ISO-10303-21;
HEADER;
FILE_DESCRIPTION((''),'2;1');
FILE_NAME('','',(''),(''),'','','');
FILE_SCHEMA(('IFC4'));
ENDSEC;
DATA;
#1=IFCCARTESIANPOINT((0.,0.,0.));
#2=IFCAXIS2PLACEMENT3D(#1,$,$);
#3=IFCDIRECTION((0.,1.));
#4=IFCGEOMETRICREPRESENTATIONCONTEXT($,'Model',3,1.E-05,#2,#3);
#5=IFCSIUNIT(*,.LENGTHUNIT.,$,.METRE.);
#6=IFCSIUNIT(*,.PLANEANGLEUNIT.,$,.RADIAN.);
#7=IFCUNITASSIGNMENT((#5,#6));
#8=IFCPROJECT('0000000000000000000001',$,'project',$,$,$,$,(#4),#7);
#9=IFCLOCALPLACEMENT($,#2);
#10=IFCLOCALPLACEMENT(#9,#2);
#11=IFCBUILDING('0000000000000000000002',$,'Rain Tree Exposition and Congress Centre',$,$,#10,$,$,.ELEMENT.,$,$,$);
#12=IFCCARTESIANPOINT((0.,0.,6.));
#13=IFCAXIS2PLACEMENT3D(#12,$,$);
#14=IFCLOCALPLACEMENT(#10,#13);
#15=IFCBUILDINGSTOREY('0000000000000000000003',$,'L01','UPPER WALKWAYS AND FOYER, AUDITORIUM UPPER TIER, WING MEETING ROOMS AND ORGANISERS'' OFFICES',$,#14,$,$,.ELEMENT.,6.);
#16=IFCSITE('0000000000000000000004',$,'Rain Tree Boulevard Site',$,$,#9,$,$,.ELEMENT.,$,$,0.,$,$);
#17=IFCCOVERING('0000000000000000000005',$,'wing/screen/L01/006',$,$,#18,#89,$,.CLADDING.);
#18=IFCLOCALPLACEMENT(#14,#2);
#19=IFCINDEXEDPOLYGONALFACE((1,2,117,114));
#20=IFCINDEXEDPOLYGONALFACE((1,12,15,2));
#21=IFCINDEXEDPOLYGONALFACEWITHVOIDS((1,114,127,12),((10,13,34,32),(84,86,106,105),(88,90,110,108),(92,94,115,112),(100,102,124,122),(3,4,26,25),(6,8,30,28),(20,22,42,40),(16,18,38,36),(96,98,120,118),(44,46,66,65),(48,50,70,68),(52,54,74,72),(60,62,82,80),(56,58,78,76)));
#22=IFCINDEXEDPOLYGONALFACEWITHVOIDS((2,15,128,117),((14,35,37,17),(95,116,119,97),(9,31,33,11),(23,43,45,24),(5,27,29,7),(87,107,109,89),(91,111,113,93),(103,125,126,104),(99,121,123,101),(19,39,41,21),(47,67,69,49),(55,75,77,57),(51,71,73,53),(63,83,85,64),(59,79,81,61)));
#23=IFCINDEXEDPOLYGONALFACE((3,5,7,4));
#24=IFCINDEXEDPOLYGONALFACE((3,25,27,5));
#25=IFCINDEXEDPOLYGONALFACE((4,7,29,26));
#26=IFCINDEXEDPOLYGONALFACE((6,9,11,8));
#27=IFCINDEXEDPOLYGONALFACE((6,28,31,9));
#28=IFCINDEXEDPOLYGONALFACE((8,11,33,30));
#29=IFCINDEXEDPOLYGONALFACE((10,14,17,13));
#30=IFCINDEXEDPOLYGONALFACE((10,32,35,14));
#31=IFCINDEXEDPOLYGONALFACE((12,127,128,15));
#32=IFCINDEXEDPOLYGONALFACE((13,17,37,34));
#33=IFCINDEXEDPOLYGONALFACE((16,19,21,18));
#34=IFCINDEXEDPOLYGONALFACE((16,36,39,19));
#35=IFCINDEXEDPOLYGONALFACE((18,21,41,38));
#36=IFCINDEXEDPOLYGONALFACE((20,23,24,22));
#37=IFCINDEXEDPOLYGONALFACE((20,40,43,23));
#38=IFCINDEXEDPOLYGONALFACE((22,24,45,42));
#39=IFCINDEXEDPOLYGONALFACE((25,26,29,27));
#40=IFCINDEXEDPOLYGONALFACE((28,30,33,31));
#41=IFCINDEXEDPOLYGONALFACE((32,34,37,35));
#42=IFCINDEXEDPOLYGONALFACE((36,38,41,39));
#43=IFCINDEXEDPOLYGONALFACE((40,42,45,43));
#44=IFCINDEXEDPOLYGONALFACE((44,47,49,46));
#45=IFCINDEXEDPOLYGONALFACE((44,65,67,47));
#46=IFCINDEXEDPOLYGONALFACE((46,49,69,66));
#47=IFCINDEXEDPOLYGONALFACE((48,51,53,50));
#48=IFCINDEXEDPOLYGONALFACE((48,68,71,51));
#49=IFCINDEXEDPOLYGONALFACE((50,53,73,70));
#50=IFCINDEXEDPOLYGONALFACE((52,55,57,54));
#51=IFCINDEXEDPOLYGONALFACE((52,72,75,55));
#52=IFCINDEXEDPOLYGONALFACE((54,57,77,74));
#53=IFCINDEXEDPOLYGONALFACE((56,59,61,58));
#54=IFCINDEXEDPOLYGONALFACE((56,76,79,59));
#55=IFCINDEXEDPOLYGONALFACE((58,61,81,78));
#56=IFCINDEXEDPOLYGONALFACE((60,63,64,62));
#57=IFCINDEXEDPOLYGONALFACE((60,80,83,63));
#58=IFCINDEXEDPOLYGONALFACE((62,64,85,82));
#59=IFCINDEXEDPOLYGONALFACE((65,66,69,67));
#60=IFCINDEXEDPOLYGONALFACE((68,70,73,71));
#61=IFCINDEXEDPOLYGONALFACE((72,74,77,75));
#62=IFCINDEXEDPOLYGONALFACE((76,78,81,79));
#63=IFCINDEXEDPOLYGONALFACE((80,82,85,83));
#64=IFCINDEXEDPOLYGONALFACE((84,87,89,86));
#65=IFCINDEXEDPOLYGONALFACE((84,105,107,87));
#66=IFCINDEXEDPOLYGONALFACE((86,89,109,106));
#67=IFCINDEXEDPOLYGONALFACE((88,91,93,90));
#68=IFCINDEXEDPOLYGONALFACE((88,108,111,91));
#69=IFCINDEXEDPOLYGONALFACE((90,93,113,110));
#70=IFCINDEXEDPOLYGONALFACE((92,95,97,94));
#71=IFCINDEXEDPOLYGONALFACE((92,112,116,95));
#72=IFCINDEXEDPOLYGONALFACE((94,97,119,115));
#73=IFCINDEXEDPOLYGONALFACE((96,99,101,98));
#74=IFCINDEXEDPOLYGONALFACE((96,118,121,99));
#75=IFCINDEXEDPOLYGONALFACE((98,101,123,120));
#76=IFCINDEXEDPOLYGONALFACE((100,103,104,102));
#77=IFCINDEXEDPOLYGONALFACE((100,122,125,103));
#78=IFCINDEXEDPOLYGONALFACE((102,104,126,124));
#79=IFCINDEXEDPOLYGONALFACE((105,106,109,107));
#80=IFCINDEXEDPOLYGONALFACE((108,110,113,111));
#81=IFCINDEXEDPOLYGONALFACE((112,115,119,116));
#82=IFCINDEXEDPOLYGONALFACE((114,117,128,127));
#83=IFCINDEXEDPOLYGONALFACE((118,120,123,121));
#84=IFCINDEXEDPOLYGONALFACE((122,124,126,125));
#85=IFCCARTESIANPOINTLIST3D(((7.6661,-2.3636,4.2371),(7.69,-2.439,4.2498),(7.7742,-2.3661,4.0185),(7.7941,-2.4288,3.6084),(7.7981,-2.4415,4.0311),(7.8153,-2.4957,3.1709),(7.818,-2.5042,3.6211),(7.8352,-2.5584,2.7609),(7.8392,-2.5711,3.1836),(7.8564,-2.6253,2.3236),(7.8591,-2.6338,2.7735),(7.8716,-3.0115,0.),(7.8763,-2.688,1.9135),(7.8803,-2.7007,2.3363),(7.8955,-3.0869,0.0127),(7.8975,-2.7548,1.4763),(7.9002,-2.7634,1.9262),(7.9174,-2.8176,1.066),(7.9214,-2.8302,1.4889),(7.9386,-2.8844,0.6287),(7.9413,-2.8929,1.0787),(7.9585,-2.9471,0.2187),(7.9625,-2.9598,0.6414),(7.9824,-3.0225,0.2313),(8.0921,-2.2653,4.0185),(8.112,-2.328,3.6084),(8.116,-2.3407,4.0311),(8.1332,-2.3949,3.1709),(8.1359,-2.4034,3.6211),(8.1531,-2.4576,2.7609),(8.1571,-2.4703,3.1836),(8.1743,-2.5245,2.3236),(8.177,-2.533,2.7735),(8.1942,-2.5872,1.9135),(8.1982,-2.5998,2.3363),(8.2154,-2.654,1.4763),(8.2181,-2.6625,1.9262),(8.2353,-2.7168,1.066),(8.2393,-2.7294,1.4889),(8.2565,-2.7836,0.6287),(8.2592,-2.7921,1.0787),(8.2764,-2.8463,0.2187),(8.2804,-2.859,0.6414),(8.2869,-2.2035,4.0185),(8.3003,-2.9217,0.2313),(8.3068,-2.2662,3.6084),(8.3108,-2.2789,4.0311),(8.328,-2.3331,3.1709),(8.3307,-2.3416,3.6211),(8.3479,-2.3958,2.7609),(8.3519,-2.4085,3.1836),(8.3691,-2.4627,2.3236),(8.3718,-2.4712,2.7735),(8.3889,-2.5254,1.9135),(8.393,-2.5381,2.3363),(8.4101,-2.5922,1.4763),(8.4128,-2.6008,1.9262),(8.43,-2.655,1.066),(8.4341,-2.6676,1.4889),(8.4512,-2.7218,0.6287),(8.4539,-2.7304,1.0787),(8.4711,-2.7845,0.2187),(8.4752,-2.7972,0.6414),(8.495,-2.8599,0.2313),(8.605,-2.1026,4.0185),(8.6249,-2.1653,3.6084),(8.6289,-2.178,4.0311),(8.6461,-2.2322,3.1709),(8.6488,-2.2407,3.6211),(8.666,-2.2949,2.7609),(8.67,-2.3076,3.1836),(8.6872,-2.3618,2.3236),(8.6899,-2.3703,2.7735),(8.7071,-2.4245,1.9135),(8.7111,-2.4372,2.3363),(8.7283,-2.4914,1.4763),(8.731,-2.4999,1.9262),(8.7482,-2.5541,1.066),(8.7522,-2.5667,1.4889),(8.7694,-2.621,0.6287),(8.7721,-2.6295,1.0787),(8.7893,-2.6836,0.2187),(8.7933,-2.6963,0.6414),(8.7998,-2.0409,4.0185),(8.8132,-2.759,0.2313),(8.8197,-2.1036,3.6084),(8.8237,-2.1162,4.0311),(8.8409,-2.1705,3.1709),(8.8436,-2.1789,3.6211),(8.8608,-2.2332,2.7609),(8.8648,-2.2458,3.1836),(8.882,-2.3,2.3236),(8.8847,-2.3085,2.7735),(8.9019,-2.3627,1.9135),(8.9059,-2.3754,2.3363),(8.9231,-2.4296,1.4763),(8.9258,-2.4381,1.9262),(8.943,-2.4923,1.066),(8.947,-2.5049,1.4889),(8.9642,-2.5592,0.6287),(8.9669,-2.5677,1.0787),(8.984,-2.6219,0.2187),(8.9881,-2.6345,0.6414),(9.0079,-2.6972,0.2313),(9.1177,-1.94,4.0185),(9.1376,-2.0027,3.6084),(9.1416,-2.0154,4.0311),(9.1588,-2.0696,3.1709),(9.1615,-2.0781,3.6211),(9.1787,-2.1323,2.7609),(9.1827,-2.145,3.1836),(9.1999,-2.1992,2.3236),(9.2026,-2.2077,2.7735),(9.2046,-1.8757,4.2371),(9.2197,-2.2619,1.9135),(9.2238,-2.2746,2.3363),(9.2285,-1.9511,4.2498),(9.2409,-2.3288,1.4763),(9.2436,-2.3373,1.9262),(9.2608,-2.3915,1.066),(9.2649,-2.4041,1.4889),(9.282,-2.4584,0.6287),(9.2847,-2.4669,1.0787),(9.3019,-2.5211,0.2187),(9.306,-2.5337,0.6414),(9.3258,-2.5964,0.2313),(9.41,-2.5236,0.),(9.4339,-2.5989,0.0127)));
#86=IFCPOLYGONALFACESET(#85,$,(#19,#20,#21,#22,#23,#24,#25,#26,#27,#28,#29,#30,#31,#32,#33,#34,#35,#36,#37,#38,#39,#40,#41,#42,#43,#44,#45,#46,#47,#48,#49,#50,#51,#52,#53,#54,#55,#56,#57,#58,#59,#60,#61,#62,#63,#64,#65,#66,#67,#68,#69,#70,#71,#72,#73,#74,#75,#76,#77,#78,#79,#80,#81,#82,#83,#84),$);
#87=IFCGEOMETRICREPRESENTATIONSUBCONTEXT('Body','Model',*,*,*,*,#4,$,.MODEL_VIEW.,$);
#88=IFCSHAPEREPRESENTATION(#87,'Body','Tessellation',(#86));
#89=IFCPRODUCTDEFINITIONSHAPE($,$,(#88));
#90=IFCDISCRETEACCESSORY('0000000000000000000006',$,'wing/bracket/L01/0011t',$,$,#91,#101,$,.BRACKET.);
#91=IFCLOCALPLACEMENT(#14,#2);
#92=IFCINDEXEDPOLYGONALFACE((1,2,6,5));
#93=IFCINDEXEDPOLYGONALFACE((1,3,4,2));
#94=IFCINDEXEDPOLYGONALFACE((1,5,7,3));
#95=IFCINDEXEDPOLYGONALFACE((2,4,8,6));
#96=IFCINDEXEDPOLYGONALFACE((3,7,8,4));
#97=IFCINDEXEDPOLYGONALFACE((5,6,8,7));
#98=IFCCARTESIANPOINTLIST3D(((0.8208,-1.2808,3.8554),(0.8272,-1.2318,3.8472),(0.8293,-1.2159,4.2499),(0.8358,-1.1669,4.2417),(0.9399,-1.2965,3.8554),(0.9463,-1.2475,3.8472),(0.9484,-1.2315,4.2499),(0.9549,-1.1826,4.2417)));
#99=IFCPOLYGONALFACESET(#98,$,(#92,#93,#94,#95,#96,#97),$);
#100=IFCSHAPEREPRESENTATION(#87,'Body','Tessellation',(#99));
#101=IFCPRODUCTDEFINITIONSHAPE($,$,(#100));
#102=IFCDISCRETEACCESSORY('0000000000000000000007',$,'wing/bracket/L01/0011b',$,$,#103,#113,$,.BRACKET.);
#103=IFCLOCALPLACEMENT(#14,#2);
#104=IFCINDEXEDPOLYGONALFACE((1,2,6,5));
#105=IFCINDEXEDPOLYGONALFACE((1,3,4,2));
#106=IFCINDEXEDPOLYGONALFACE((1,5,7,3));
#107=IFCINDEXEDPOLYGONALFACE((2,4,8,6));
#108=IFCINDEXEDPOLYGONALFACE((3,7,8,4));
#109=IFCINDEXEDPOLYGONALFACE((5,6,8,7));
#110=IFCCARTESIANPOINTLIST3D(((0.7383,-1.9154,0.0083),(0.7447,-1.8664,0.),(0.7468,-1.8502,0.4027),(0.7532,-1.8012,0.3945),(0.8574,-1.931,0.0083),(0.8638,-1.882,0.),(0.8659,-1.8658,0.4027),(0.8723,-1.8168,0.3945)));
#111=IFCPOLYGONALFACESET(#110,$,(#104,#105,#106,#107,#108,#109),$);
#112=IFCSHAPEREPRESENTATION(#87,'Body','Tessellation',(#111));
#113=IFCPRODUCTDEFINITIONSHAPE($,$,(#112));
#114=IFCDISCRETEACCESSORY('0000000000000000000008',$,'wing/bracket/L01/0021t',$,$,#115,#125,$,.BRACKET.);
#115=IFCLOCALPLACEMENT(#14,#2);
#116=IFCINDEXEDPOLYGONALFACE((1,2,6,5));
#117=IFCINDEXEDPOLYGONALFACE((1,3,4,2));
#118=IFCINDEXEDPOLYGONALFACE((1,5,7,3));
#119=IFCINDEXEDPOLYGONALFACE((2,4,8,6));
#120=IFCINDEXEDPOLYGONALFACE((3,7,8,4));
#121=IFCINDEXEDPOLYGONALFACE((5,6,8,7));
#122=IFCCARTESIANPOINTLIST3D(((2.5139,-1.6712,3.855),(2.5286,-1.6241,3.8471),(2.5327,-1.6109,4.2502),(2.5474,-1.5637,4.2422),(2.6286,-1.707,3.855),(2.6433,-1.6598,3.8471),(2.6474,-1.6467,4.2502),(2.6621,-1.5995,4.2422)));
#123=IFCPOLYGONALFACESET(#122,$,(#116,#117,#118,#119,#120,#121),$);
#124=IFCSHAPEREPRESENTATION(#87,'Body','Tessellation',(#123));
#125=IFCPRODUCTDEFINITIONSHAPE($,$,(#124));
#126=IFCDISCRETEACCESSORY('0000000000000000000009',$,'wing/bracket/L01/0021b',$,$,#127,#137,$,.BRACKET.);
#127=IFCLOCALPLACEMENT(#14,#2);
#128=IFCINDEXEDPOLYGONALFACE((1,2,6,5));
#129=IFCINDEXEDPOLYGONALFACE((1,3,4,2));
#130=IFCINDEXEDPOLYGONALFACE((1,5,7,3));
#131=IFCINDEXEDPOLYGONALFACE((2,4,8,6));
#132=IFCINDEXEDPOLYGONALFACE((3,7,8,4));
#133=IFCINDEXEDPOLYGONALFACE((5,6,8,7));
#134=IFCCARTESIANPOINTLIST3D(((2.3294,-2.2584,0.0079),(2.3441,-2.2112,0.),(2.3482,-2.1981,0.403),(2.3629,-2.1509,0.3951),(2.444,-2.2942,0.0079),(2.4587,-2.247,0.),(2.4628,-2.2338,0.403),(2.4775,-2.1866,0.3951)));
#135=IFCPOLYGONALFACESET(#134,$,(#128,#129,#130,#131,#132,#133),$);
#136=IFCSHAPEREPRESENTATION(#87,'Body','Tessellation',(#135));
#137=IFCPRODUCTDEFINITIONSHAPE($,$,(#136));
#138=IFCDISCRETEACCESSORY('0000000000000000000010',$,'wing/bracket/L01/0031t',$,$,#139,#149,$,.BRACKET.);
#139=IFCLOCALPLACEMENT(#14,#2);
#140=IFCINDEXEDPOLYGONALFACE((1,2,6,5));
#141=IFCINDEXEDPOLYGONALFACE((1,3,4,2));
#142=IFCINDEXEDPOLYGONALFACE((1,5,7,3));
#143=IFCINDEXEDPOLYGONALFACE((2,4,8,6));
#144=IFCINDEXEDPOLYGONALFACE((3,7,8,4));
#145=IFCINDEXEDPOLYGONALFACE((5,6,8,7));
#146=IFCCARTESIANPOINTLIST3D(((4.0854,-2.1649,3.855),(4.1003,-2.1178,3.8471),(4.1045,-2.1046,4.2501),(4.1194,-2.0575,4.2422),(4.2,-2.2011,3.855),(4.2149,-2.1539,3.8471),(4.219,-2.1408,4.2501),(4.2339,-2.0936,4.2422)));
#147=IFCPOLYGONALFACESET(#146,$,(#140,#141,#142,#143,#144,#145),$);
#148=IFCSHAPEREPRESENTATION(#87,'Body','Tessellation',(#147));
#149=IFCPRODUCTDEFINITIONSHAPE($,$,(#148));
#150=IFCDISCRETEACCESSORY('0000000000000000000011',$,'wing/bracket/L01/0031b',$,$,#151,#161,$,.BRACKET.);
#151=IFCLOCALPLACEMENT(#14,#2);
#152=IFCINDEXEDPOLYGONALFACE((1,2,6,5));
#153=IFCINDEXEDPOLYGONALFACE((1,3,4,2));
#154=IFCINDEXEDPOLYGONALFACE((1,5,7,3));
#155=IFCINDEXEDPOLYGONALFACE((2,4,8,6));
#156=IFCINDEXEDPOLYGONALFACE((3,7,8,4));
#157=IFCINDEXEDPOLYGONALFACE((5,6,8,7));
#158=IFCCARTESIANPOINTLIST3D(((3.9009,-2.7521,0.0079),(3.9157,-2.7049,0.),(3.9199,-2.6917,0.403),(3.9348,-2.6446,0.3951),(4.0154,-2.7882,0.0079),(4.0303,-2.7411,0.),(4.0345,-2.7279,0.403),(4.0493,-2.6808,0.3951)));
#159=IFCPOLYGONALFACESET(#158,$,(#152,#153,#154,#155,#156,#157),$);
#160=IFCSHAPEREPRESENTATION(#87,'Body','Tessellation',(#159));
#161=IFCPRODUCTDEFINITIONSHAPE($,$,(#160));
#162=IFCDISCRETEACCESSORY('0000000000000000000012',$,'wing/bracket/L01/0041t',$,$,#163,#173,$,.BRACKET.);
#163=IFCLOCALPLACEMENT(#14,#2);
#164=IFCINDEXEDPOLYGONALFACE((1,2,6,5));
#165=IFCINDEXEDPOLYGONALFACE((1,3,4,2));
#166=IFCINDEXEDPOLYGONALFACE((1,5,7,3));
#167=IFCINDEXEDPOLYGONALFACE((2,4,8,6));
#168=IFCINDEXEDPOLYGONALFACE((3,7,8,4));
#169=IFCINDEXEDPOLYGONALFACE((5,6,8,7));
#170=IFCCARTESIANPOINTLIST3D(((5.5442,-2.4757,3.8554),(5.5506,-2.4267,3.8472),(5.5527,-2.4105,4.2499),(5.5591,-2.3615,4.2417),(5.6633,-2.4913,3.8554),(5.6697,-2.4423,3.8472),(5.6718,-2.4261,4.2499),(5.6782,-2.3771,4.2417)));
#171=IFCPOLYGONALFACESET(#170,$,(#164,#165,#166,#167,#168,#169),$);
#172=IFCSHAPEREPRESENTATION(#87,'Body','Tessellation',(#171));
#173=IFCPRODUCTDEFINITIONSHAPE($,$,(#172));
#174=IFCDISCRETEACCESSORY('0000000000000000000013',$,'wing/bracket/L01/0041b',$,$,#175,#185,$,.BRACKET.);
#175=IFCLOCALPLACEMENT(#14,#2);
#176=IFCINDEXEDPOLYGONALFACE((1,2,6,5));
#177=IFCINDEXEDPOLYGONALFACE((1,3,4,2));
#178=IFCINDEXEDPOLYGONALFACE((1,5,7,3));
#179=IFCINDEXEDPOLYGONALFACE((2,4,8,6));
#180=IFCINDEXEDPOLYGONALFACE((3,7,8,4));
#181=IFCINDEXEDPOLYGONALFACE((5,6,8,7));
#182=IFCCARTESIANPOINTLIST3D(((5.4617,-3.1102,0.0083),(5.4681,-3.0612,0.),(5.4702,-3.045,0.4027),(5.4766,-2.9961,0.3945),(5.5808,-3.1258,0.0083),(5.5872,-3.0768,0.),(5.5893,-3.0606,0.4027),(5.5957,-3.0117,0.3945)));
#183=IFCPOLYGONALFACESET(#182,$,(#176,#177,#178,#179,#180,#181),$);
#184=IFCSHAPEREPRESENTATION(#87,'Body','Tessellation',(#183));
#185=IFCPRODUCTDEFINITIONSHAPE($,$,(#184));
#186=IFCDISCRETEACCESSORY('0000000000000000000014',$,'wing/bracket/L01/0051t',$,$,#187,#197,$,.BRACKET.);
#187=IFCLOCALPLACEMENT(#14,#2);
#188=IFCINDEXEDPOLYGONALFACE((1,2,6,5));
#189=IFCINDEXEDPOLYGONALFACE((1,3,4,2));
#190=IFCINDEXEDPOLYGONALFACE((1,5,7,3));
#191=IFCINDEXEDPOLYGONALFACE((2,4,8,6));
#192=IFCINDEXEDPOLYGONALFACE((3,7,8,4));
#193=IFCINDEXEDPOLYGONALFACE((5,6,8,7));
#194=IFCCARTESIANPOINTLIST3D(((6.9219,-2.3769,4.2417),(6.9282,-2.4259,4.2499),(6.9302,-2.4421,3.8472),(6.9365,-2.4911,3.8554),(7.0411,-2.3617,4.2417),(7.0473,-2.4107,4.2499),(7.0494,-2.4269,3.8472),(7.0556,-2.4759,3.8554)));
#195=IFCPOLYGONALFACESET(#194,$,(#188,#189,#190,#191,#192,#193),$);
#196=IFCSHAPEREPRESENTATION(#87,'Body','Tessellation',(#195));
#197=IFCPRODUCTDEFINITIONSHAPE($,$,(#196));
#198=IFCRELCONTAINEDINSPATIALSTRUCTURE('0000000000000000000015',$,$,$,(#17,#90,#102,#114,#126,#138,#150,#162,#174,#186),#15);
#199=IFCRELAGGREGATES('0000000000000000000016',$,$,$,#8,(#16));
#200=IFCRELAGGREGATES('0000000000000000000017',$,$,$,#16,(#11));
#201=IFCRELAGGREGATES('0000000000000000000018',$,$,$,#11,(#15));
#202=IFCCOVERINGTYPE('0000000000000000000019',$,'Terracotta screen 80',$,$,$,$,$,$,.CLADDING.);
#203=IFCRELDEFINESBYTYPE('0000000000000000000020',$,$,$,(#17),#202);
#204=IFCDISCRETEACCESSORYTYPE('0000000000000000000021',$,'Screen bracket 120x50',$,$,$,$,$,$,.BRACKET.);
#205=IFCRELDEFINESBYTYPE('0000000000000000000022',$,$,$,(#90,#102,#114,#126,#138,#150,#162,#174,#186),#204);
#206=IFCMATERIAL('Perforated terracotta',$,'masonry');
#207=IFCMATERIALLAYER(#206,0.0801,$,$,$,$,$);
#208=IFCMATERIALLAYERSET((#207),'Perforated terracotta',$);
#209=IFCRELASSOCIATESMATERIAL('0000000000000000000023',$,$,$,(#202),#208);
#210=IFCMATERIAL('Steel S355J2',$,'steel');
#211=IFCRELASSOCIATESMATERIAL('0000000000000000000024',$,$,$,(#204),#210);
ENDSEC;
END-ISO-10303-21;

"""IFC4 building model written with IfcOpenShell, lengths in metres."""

from ifc_helpers import new_model, si_unit, direction, frame, origin, origin_2d, place, context, subcontext, project, spatial, polyline, rectangle, outline, extrude, material, layer, layer_set, material_profile, profile_set, type_object, element, save


model = new_model("IFC4")

# Units and contexts
model_context = context("Model", 3, precision=1e-05, world=origin(), true_north=direction((0.0, 1.0)))
body_context = subcontext(model_context, "Body", "Model", "MODEL_VIEW")
ifc_project = project(units=[si_unit("LENGTHUNIT", "METRE"), si_unit("PLANEANGLEUNIT", "RADIAN")], contexts=[model_context])

# Site, building, storey
site_placement = place(None, origin())
site = spatial("IfcSite", under=ifc_project, at=site_placement, Name="Rain Tree Boulevard Site", CompositionType="ELEMENT", RefElevation=0.0)
building_placement = place(site_placement, origin())
building = spatial("IfcBuilding", under=site, at=building_placement, Name="Rain Tree Exposition and Congress Centre", CompositionType="ELEMENT")
storey_placement = place(building_placement, frame((0.0, 0.0, 6.0)))
storey = spatial("IfcBuildingStorey", under=building, at=storey_placement, Name="L01", Description="UPPER WALKWAYS AND FOYER, AUDITORIUM UPPER TIER, WING MEETING ROOMS AND ORGANISERS' OFFICES", CompositionType="ELEMENT", Elevation=6.0)

# Covering
ifc_material_1 = material(Name="Perforated terracotta", Category="masonry")
ifc_layer_1 = layer(ifc_material_1, 0.0801)
ifc_layer_set_1 = layer_set([ifc_layer_1], Name="Perforated terracotta")
covering_type = type_object("IfcCoveringType", Name="Terracotta screen 80", PredefinedType="CLADDING", material=ifc_layer_set_1)
covering_1_placement = place(storey_placement, frame((7.8745, -3.0935, 0.0127), z_axis=(-0.298496, 0.941177, -0.158386), x_axis=(-0.953209, -0.302312, 0.0)))
element("IfcCovering", 1, at=covering_1_placement, inside=storey, type_object=covering_type, Name="wing/screen/L01/006", PredefinedType="CLADDING", context=body_context, shape_type="SweptSolid", body=[
    extrude(outline(polyline([(-1.636, 0.0), (-1.636, 4.2913), (-0.022, 4.2913), (-0.022, 0.0), (-1.636, 0.0)]), holes=[polyline([(-0.1243, 0.2214), (-0.1243, 0.6367), (-0.4578, 0.6367), (-0.4578, 0.2214), (-0.1243, 0.2214)]), polyline([(-0.1243, 1.0796), (-0.1243, 1.4951), (-0.4578, 1.4951), (-0.4578, 1.0796), (-0.1243, 1.0796)]), polyline([(-0.1243, 1.938), (-0.1243, 2.3533), (-0.4578, 2.3533), (-0.4578, 1.938), (-0.1243, 1.938)]), polyline([(-0.1243, 2.7961), (-0.1243, 3.2114), (-0.4578, 3.2114), (-0.4578, 2.7961), (-0.1243, 2.7961)]), polyline([(-0.1243, 3.6545), (-0.1243, 4.0698), (-0.4578, 4.0698), (-0.4578, 3.6545), (-0.1243, 3.6545)]), polyline([(-0.6621, 0.2214), (-0.6621, 0.6367), (-0.9958, 0.6367), (-0.9958, 0.2214), (-0.6621, 0.2214)]), polyline([(-0.6621, 1.0796), (-0.6621, 1.4951), (-0.9958, 1.4951), (-0.9958, 1.0796), (-0.6621, 1.0796)]), polyline([(-0.6621, 1.938), (-0.6621, 2.3533), (-0.9958, 2.3533), (-0.9958, 1.938), (-0.6621, 1.938)]), polyline([(-0.6621, 2.7961), (-0.6621, 3.2114), (-0.9958, 3.2114), (-0.9958, 2.7961), (-0.6621, 2.7961)]), polyline([(-0.6621, 3.6545), (-0.6621, 4.0698), (-0.9958, 4.0698), (-0.9958, 3.6545), (-0.6621, 3.6545)]), polyline([(-1.2002, 0.2214), (-1.2002, 0.6367), (-1.5337, 0.6367), (-1.5337, 0.2214), (-1.2002, 0.2214)]), polyline([(-1.2002, 1.0796), (-1.2002, 1.4951), (-1.5337, 1.4951), (-1.5337, 1.0796), (-1.2002, 1.0796)]), polyline([(-1.2002, 1.938), (-1.2002, 2.3533), (-1.5337, 2.3533), (-1.5337, 1.938), (-1.2002, 1.938)]), polyline([(-1.2002, 2.7961), (-1.2002, 3.2114), (-1.5337, 3.2114), (-1.5337, 2.7961), (-1.2002, 2.7961)]), polyline([(-1.2002, 3.6545), (-1.2002, 4.0698), (-1.5337, 4.0698), (-1.5337, 3.6545), (-1.2002, 3.6545)])]), origin(), (0.0, 0.0, 1.0), 0.0801),
])

# Discrete accessories
ifc_material_2 = material(Name="Steel S355J2", Category="steel")
ifc_material_profile_1 = material_profile(ifc_material_2, rectangle(XDim=0.1201, YDim=0.05, at=origin_2d()), Name="Flat bar 120x50")
ifc_profile_set_1 = profile_set([ifc_material_profile_1], Name="Steel S355J2")
discrete_accessory_type = type_object("IfcDiscreteAccessoryType", Name="Screen bracket 120x50", PredefinedType="BRACKET", material=ifc_profile_set_1)
for number, where, z_axis, x_axis, name in (
    (2, (0.8835, -1.2642, 3.8513), (0.021366, 0.162381, 0.986497), (-0.991454, 0.130455, 0.0), "wing/bracket/L01/0011t"),
    (3, (0.801, -1.8987, 0.0042), (0.021364, 0.162976, 0.986399), (-0.991517, 0.129974, 0.0), "wing/bracket/L01/0011b"),
):
    element("IfcDiscreteAccessory", number, at=place(storey_placement, frame(where, z_axis=z_axis, x_axis=x_axis)), inside=storey, type_object=discrete_accessory_type, Name=name, PredefinedType="BRACKET", context=body_context, shape_type="SweptSolid", body=[
        extrude(rectangle(XDim=0.1201, YDim=0.05, at=origin_2d()), origin(), (0.0, 0.0, 1.0), 0.3999),
    ])
for number, where, z_axis, x_axis, name in (
    (4, (2.5786, -1.6655, 3.8511), (0.046993, 0.150743, 0.987456), (-0.954686, 0.297615, 0.0), "wing/bracket/L01/0021t"),
    (5, (2.394, -2.2527, 0.0039), (0.046993, 0.150743, 0.987456), (-0.954686, 0.297615, 0.0), "wing/bracket/L01/0021b"),
    (6, (4.1501, -2.1594, 3.8511), (0.047602, 0.150738, 0.987427), (-0.953583, 0.301131, 0.0), "wing/bracket/L01/0031t"),
    (7, (3.9656, -2.7466, 0.0039), (0.047602, 0.150738, 0.987427), (-0.953583, 0.301131, 0.0), "wing/bracket/L01/0031b"),
):
    element("IfcDiscreteAccessory", number, at=place(storey_placement, frame(where, z_axis=z_axis, x_axis=x_axis)), inside=storey, type_object=discrete_accessory_type, Name=name, PredefinedType="BRACKET", context=body_context, shape_type="SweptSolid", body=[
        extrude(rectangle(XDim=0.1201, YDim=0.05, at=origin_2d()), origin(), (0.0, 0.0, 1.0), 0.4001),
    ])
for number, where, z_axis, x_axis, name in (
    (8, (5.6069, -2.459, 3.8513), (0.021364, 0.162976, 0.986399), (-0.991517, 0.129974, 0.0), "wing/bracket/L01/0041t"),
    (9, (5.5244, -3.0935, 0.0042), (0.021364, 0.162976, 0.986399), (-0.991517, 0.129974, 0.0), "wing/bracket/L01/0041b"),
    (10, (6.9929, -2.459, 3.8513), (-0.020754, 0.162978, 0.986411), (-0.991989, -0.126321, 0.0), "wing/bracket/L01/0051t"),
):
    element("IfcDiscreteAccessory", number, at=place(storey_placement, frame(where, z_axis=z_axis, x_axis=x_axis)), inside=storey, type_object=discrete_accessory_type, Name=name, PredefinedType="BRACKET", context=body_context, shape_type="SweptSolid", body=[
        extrude(rectangle(XDim=0.1201, YDim=0.05, at=origin_2d()), origin(), (0.0, 0.0, 1.0), 0.3999),
    ])

save(model, "model.ifc")
